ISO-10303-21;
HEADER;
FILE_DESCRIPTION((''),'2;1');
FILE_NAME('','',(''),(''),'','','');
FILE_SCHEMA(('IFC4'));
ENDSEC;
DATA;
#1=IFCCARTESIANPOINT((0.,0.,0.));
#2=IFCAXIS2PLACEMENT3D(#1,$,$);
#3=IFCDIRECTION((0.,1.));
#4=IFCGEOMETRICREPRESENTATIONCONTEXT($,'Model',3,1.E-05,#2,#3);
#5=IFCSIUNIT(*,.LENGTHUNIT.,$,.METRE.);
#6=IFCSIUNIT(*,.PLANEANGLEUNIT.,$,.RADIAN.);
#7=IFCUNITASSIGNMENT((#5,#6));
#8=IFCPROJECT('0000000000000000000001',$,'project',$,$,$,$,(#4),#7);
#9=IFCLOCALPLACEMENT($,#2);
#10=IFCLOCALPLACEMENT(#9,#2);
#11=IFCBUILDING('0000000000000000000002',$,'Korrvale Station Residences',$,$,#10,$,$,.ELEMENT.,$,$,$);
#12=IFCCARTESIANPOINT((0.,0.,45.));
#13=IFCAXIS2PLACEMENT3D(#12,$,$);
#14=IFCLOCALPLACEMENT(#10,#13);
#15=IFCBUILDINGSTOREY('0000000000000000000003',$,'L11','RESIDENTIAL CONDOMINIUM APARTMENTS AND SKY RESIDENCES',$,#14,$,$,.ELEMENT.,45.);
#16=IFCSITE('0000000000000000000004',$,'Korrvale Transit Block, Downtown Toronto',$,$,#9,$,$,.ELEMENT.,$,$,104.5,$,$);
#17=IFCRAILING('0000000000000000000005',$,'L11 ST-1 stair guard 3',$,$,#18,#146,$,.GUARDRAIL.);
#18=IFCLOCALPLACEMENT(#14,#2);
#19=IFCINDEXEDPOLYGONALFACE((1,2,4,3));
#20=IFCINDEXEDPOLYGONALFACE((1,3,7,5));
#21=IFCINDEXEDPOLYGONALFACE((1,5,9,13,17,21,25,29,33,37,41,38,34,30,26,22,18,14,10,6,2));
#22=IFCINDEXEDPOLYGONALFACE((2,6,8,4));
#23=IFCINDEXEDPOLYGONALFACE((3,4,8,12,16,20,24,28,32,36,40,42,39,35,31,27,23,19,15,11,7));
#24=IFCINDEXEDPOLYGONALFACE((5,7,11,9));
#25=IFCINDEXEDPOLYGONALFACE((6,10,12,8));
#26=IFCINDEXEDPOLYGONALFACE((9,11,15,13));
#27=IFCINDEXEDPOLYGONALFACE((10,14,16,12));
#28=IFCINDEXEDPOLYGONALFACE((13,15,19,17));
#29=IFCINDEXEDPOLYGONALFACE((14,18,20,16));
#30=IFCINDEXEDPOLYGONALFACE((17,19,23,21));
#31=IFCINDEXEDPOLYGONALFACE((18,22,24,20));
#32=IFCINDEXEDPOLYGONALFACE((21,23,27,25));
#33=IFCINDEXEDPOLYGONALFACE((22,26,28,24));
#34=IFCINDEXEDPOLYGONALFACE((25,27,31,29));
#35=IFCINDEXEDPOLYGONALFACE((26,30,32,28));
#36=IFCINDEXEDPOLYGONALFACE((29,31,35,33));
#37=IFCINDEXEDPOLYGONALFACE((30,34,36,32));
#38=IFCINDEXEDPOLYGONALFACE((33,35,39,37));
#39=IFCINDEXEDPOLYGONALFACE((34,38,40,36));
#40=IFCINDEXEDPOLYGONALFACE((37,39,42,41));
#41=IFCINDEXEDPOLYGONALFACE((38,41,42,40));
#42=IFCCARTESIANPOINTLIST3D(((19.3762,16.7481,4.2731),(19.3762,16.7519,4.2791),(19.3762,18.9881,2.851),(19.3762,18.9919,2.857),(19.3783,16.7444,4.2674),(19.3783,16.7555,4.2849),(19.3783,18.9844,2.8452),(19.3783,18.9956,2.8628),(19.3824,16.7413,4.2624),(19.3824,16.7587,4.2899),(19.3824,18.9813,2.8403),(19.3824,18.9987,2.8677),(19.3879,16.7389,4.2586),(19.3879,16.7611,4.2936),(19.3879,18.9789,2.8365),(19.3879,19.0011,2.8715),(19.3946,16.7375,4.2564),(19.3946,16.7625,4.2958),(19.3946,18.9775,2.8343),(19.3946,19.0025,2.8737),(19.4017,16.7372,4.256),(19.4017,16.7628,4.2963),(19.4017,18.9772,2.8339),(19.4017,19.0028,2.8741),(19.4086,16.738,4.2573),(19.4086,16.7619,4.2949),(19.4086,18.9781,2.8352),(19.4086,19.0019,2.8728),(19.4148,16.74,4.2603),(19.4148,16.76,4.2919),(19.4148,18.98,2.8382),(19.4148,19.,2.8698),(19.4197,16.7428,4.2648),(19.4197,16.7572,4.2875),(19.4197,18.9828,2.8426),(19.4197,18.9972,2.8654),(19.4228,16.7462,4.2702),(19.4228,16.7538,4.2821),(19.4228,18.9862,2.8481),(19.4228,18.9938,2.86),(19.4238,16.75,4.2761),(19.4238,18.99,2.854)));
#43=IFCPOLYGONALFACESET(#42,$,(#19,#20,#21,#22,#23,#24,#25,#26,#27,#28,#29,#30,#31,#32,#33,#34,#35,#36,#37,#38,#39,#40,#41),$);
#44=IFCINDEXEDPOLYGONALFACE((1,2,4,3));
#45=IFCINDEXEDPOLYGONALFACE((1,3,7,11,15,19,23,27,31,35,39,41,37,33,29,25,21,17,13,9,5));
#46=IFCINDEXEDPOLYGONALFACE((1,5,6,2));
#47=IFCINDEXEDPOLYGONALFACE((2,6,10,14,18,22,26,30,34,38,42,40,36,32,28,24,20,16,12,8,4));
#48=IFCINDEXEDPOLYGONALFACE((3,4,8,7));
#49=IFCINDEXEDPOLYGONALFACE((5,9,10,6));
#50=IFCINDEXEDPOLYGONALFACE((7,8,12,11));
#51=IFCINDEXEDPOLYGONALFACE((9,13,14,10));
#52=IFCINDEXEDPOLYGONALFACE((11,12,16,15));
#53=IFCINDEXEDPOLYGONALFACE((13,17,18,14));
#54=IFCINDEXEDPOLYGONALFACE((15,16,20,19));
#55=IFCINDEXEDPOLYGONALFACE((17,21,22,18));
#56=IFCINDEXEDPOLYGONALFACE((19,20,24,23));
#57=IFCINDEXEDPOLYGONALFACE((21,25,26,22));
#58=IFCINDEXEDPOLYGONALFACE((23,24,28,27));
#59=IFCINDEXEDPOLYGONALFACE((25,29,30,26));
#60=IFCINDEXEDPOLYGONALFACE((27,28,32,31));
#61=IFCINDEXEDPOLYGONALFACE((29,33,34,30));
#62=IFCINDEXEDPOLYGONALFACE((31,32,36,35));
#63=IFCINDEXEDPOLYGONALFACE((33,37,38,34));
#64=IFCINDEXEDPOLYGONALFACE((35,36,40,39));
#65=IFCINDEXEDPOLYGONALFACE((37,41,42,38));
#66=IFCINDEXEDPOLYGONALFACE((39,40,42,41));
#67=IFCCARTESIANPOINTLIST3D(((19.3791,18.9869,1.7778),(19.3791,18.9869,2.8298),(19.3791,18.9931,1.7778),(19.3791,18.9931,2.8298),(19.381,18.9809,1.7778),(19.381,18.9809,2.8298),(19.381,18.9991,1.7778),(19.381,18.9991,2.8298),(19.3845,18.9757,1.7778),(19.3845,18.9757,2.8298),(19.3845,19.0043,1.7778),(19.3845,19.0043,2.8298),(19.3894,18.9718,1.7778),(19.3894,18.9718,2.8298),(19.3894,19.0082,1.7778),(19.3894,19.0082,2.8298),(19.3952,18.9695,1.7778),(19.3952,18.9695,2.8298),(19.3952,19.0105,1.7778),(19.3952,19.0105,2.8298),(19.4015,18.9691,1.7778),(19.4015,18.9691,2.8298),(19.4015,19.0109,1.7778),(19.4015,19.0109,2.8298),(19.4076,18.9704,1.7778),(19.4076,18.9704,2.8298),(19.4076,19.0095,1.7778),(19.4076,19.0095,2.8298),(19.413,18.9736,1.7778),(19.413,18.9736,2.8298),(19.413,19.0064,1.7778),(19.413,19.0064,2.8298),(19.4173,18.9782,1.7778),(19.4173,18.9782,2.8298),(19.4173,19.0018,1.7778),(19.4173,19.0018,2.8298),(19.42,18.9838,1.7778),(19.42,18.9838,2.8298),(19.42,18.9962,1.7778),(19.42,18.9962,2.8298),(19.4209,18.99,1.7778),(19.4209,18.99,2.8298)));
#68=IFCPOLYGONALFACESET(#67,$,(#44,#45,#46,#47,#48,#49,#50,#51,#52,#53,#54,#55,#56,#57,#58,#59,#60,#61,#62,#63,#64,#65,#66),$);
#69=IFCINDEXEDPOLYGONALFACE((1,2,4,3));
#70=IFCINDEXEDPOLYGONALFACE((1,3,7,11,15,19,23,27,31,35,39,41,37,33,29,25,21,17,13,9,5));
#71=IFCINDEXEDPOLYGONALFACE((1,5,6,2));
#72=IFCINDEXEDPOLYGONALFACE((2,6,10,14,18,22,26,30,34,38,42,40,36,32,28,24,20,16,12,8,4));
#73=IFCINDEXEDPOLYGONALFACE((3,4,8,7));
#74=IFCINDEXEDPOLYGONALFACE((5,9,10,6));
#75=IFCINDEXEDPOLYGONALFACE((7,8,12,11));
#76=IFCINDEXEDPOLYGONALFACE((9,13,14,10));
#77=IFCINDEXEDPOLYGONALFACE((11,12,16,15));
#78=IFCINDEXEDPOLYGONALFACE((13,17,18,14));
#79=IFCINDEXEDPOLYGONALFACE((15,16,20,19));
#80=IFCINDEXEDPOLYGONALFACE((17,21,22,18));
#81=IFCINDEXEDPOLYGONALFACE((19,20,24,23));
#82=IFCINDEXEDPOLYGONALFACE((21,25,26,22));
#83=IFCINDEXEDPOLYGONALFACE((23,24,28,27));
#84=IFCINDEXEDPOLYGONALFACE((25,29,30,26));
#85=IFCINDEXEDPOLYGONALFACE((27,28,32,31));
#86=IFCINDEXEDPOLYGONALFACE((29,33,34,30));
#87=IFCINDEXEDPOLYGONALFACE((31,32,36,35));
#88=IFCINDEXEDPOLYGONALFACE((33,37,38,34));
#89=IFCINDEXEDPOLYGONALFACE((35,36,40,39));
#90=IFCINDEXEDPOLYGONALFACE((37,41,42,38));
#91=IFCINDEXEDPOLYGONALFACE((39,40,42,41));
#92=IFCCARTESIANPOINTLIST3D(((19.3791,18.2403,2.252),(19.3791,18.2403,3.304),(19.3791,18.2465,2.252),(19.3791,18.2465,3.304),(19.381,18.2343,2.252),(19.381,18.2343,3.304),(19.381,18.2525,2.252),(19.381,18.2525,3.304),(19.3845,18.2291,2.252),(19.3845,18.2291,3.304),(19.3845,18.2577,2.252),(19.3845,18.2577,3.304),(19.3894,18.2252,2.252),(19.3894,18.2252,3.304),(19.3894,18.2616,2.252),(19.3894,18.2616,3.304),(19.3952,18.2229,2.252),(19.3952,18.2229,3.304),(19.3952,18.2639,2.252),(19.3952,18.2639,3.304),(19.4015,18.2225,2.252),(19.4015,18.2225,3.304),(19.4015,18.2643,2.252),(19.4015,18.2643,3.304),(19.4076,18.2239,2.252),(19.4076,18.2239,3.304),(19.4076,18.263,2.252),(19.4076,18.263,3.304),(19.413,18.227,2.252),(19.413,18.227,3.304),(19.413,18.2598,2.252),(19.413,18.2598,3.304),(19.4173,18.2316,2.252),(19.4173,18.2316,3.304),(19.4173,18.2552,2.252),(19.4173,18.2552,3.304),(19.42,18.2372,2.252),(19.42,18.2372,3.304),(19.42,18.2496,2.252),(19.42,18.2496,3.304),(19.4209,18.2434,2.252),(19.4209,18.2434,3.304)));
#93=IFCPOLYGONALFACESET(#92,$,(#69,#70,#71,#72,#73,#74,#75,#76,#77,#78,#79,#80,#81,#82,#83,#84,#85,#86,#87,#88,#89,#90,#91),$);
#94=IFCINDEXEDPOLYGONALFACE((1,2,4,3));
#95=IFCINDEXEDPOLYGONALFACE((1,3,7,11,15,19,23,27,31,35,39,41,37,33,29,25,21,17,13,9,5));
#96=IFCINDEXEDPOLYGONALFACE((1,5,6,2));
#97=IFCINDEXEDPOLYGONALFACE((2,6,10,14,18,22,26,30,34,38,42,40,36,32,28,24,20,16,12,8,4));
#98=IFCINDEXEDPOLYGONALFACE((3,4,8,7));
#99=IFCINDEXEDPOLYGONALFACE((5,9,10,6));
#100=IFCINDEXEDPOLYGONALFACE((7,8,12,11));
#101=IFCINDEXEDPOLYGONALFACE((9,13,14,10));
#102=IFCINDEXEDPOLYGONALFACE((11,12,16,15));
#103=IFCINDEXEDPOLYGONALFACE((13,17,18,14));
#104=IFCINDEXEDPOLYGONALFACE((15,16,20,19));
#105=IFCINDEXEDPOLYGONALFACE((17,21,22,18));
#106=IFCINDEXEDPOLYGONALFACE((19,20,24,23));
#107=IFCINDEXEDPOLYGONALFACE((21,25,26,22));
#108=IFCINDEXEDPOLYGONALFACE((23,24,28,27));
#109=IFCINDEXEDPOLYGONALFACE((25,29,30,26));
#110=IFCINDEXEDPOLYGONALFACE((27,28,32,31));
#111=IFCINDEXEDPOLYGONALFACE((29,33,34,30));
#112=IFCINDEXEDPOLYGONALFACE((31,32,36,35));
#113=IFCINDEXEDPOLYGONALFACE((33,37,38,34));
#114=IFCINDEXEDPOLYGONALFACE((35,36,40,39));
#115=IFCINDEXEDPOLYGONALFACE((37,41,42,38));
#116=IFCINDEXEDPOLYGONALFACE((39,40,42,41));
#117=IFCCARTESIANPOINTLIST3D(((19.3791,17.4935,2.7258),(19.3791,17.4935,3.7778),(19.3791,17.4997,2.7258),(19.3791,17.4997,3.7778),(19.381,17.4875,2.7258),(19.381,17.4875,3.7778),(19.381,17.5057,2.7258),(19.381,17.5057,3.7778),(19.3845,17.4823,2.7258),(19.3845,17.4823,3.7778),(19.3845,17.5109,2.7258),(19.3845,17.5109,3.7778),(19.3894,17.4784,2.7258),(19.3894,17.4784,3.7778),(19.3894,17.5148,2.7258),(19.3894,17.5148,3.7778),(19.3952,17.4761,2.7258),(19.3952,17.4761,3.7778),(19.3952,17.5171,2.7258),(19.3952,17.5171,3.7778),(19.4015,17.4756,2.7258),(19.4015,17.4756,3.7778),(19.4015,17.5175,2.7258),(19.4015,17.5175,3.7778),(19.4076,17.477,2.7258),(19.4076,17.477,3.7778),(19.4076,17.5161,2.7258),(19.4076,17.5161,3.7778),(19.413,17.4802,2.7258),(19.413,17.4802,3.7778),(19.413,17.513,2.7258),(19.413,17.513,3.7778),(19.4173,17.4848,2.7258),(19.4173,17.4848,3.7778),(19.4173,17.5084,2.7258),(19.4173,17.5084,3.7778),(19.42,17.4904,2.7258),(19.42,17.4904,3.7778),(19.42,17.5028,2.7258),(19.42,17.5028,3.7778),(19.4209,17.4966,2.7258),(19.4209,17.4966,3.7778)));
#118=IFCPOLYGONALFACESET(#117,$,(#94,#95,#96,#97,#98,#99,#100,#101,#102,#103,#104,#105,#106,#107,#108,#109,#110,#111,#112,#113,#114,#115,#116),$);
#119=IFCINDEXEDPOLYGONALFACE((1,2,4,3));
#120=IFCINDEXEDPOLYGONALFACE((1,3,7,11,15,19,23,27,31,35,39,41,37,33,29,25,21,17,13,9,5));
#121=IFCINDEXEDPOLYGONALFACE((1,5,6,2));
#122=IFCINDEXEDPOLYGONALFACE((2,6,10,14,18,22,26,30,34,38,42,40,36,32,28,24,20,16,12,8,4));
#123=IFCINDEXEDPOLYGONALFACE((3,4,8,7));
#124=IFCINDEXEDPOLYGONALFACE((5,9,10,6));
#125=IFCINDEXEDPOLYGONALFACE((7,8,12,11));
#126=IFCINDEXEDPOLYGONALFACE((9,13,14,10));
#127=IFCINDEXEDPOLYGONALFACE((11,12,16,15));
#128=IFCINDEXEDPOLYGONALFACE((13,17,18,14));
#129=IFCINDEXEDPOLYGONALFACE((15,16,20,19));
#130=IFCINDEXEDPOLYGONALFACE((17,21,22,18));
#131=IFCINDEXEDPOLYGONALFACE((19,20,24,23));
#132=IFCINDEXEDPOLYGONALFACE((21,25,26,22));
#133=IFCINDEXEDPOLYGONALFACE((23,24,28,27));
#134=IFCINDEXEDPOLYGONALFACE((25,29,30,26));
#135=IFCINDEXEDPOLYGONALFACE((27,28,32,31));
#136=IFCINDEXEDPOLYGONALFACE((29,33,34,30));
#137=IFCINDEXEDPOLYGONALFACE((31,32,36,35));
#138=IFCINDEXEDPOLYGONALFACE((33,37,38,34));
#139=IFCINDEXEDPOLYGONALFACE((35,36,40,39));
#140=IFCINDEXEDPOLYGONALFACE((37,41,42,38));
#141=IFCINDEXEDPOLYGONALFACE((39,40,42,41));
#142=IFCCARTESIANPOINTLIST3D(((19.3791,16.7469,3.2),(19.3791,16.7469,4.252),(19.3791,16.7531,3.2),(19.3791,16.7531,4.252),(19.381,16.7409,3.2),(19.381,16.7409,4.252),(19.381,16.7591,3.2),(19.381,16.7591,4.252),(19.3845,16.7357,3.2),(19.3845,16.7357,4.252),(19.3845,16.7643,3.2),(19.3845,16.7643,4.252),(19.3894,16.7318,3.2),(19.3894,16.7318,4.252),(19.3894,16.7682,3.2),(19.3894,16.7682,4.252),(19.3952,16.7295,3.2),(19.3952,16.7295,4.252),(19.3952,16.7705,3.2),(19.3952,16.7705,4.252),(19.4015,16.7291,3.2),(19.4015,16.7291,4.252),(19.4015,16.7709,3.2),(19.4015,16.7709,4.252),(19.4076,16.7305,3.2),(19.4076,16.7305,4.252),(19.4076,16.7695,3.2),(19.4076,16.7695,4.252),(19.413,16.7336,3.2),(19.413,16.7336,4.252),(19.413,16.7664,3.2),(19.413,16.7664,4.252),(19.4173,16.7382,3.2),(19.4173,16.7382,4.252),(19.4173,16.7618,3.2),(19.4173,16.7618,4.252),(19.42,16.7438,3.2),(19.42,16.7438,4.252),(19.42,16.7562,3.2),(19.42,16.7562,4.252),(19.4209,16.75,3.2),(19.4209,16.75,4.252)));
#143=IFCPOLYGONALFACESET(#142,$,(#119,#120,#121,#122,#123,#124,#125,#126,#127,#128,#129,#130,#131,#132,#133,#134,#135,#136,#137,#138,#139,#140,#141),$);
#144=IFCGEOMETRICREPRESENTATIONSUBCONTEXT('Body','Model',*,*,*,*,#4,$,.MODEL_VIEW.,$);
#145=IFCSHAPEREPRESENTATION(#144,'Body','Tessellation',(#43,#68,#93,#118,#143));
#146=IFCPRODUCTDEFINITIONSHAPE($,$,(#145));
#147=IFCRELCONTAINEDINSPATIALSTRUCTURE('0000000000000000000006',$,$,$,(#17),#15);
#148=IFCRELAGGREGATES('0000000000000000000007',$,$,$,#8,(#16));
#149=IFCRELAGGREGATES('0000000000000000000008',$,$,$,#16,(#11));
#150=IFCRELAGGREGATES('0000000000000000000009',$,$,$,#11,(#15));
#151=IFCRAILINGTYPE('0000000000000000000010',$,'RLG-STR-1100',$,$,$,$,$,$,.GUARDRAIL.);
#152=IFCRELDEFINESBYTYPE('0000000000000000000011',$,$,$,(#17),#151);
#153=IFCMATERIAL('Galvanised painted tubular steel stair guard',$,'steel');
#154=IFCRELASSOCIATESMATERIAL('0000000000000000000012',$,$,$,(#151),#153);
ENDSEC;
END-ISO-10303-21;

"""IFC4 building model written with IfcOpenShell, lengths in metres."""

from ifc_helpers import new_model, si_unit, direction, frame, origin, origin_2d, place, context, subcontext, project, spatial, circle, extrude, material, type_object, element, save


model = new_model("IFC4")

# Units and contexts
model_context = context("Model", 3, precision=1e-05, world=origin(), true_north=direction((0.0, 1.0)))
body_context = subcontext(model_context, "Body", "Model", "MODEL_VIEW")
ifc_project = project(units=[si_unit("LENGTHUNIT", "METRE"), si_unit("PLANEANGLEUNIT", "RADIAN")], contexts=[model_context])

# Site, building, storey
site_placement = place(None, origin())
site = spatial("IfcSite", under=ifc_project, at=site_placement, Name="Korrvale Transit Block, Downtown Toronto", CompositionType="ELEMENT", RefElevation=104.5)
building_placement = place(site_placement, origin())
building = spatial("IfcBuilding", under=site, at=building_placement, Name="Korrvale Station Residences", CompositionType="ELEMENT")
storey_placement = place(building_placement, frame((0.0, 0.0, 45.0)))
storey = spatial("IfcBuildingStorey", under=building, at=storey_placement, Name="L11", Description="RESIDENTIAL CONDOMINIUM APARTMENTS AND SKY RESIDENCES", CompositionType="ELEMENT", Elevation=45.0)

# Railing
ifc_material_1 = material(Name="Galvanised painted tubular steel stair guard", Category="steel")
railing_type_1 = type_object("IfcRailingType", Name="RLG-STR-1100", PredefinedType="GUARDRAIL", material=ifc_material_1)
railing_1_placement = place(storey_placement, frame((19.3999, 18.99, 1.7778)))
element("IfcRailing", 1, at=railing_1_placement, inside=storey, type_object=railing_type_1, Name="L11 ST-1 stair guard 3", PredefinedType="GUARDRAIL", context=body_context, shape_type="SweptSolid", body=[
    extrude(circle(Radius=0.0239, at=origin_2d()), frame((0.0, 0.0, 1.0762), z_axis=(0.0, -0.844229, 0.535982), x_axis=(1.0, 0.0, 0.0)), (0.0, 0.0, 1.0), 2.6533),
    extrude(circle(Radius=0.021, at=origin_2d()), origin(), (0.0, 0.0, 1.0), 1.052),
    extrude(circle(Radius=0.021, at=origin_2d()), frame((0.0, -0.7466, 0.4741)), (0.0, 0.0, 1.0), 1.052),
    extrude(circle(Radius=0.021, at=origin_2d()), frame((0.0, -1.4934, 0.948)), (0.0, 0.0, 1.0), 1.052),
    extrude(circle(Radius=0.021, at=origin_2d()), frame((0.0, -2.24, 1.4221)), (0.0, 0.0, 1.0), 1.052),
])

save(model, "model.ifc")
